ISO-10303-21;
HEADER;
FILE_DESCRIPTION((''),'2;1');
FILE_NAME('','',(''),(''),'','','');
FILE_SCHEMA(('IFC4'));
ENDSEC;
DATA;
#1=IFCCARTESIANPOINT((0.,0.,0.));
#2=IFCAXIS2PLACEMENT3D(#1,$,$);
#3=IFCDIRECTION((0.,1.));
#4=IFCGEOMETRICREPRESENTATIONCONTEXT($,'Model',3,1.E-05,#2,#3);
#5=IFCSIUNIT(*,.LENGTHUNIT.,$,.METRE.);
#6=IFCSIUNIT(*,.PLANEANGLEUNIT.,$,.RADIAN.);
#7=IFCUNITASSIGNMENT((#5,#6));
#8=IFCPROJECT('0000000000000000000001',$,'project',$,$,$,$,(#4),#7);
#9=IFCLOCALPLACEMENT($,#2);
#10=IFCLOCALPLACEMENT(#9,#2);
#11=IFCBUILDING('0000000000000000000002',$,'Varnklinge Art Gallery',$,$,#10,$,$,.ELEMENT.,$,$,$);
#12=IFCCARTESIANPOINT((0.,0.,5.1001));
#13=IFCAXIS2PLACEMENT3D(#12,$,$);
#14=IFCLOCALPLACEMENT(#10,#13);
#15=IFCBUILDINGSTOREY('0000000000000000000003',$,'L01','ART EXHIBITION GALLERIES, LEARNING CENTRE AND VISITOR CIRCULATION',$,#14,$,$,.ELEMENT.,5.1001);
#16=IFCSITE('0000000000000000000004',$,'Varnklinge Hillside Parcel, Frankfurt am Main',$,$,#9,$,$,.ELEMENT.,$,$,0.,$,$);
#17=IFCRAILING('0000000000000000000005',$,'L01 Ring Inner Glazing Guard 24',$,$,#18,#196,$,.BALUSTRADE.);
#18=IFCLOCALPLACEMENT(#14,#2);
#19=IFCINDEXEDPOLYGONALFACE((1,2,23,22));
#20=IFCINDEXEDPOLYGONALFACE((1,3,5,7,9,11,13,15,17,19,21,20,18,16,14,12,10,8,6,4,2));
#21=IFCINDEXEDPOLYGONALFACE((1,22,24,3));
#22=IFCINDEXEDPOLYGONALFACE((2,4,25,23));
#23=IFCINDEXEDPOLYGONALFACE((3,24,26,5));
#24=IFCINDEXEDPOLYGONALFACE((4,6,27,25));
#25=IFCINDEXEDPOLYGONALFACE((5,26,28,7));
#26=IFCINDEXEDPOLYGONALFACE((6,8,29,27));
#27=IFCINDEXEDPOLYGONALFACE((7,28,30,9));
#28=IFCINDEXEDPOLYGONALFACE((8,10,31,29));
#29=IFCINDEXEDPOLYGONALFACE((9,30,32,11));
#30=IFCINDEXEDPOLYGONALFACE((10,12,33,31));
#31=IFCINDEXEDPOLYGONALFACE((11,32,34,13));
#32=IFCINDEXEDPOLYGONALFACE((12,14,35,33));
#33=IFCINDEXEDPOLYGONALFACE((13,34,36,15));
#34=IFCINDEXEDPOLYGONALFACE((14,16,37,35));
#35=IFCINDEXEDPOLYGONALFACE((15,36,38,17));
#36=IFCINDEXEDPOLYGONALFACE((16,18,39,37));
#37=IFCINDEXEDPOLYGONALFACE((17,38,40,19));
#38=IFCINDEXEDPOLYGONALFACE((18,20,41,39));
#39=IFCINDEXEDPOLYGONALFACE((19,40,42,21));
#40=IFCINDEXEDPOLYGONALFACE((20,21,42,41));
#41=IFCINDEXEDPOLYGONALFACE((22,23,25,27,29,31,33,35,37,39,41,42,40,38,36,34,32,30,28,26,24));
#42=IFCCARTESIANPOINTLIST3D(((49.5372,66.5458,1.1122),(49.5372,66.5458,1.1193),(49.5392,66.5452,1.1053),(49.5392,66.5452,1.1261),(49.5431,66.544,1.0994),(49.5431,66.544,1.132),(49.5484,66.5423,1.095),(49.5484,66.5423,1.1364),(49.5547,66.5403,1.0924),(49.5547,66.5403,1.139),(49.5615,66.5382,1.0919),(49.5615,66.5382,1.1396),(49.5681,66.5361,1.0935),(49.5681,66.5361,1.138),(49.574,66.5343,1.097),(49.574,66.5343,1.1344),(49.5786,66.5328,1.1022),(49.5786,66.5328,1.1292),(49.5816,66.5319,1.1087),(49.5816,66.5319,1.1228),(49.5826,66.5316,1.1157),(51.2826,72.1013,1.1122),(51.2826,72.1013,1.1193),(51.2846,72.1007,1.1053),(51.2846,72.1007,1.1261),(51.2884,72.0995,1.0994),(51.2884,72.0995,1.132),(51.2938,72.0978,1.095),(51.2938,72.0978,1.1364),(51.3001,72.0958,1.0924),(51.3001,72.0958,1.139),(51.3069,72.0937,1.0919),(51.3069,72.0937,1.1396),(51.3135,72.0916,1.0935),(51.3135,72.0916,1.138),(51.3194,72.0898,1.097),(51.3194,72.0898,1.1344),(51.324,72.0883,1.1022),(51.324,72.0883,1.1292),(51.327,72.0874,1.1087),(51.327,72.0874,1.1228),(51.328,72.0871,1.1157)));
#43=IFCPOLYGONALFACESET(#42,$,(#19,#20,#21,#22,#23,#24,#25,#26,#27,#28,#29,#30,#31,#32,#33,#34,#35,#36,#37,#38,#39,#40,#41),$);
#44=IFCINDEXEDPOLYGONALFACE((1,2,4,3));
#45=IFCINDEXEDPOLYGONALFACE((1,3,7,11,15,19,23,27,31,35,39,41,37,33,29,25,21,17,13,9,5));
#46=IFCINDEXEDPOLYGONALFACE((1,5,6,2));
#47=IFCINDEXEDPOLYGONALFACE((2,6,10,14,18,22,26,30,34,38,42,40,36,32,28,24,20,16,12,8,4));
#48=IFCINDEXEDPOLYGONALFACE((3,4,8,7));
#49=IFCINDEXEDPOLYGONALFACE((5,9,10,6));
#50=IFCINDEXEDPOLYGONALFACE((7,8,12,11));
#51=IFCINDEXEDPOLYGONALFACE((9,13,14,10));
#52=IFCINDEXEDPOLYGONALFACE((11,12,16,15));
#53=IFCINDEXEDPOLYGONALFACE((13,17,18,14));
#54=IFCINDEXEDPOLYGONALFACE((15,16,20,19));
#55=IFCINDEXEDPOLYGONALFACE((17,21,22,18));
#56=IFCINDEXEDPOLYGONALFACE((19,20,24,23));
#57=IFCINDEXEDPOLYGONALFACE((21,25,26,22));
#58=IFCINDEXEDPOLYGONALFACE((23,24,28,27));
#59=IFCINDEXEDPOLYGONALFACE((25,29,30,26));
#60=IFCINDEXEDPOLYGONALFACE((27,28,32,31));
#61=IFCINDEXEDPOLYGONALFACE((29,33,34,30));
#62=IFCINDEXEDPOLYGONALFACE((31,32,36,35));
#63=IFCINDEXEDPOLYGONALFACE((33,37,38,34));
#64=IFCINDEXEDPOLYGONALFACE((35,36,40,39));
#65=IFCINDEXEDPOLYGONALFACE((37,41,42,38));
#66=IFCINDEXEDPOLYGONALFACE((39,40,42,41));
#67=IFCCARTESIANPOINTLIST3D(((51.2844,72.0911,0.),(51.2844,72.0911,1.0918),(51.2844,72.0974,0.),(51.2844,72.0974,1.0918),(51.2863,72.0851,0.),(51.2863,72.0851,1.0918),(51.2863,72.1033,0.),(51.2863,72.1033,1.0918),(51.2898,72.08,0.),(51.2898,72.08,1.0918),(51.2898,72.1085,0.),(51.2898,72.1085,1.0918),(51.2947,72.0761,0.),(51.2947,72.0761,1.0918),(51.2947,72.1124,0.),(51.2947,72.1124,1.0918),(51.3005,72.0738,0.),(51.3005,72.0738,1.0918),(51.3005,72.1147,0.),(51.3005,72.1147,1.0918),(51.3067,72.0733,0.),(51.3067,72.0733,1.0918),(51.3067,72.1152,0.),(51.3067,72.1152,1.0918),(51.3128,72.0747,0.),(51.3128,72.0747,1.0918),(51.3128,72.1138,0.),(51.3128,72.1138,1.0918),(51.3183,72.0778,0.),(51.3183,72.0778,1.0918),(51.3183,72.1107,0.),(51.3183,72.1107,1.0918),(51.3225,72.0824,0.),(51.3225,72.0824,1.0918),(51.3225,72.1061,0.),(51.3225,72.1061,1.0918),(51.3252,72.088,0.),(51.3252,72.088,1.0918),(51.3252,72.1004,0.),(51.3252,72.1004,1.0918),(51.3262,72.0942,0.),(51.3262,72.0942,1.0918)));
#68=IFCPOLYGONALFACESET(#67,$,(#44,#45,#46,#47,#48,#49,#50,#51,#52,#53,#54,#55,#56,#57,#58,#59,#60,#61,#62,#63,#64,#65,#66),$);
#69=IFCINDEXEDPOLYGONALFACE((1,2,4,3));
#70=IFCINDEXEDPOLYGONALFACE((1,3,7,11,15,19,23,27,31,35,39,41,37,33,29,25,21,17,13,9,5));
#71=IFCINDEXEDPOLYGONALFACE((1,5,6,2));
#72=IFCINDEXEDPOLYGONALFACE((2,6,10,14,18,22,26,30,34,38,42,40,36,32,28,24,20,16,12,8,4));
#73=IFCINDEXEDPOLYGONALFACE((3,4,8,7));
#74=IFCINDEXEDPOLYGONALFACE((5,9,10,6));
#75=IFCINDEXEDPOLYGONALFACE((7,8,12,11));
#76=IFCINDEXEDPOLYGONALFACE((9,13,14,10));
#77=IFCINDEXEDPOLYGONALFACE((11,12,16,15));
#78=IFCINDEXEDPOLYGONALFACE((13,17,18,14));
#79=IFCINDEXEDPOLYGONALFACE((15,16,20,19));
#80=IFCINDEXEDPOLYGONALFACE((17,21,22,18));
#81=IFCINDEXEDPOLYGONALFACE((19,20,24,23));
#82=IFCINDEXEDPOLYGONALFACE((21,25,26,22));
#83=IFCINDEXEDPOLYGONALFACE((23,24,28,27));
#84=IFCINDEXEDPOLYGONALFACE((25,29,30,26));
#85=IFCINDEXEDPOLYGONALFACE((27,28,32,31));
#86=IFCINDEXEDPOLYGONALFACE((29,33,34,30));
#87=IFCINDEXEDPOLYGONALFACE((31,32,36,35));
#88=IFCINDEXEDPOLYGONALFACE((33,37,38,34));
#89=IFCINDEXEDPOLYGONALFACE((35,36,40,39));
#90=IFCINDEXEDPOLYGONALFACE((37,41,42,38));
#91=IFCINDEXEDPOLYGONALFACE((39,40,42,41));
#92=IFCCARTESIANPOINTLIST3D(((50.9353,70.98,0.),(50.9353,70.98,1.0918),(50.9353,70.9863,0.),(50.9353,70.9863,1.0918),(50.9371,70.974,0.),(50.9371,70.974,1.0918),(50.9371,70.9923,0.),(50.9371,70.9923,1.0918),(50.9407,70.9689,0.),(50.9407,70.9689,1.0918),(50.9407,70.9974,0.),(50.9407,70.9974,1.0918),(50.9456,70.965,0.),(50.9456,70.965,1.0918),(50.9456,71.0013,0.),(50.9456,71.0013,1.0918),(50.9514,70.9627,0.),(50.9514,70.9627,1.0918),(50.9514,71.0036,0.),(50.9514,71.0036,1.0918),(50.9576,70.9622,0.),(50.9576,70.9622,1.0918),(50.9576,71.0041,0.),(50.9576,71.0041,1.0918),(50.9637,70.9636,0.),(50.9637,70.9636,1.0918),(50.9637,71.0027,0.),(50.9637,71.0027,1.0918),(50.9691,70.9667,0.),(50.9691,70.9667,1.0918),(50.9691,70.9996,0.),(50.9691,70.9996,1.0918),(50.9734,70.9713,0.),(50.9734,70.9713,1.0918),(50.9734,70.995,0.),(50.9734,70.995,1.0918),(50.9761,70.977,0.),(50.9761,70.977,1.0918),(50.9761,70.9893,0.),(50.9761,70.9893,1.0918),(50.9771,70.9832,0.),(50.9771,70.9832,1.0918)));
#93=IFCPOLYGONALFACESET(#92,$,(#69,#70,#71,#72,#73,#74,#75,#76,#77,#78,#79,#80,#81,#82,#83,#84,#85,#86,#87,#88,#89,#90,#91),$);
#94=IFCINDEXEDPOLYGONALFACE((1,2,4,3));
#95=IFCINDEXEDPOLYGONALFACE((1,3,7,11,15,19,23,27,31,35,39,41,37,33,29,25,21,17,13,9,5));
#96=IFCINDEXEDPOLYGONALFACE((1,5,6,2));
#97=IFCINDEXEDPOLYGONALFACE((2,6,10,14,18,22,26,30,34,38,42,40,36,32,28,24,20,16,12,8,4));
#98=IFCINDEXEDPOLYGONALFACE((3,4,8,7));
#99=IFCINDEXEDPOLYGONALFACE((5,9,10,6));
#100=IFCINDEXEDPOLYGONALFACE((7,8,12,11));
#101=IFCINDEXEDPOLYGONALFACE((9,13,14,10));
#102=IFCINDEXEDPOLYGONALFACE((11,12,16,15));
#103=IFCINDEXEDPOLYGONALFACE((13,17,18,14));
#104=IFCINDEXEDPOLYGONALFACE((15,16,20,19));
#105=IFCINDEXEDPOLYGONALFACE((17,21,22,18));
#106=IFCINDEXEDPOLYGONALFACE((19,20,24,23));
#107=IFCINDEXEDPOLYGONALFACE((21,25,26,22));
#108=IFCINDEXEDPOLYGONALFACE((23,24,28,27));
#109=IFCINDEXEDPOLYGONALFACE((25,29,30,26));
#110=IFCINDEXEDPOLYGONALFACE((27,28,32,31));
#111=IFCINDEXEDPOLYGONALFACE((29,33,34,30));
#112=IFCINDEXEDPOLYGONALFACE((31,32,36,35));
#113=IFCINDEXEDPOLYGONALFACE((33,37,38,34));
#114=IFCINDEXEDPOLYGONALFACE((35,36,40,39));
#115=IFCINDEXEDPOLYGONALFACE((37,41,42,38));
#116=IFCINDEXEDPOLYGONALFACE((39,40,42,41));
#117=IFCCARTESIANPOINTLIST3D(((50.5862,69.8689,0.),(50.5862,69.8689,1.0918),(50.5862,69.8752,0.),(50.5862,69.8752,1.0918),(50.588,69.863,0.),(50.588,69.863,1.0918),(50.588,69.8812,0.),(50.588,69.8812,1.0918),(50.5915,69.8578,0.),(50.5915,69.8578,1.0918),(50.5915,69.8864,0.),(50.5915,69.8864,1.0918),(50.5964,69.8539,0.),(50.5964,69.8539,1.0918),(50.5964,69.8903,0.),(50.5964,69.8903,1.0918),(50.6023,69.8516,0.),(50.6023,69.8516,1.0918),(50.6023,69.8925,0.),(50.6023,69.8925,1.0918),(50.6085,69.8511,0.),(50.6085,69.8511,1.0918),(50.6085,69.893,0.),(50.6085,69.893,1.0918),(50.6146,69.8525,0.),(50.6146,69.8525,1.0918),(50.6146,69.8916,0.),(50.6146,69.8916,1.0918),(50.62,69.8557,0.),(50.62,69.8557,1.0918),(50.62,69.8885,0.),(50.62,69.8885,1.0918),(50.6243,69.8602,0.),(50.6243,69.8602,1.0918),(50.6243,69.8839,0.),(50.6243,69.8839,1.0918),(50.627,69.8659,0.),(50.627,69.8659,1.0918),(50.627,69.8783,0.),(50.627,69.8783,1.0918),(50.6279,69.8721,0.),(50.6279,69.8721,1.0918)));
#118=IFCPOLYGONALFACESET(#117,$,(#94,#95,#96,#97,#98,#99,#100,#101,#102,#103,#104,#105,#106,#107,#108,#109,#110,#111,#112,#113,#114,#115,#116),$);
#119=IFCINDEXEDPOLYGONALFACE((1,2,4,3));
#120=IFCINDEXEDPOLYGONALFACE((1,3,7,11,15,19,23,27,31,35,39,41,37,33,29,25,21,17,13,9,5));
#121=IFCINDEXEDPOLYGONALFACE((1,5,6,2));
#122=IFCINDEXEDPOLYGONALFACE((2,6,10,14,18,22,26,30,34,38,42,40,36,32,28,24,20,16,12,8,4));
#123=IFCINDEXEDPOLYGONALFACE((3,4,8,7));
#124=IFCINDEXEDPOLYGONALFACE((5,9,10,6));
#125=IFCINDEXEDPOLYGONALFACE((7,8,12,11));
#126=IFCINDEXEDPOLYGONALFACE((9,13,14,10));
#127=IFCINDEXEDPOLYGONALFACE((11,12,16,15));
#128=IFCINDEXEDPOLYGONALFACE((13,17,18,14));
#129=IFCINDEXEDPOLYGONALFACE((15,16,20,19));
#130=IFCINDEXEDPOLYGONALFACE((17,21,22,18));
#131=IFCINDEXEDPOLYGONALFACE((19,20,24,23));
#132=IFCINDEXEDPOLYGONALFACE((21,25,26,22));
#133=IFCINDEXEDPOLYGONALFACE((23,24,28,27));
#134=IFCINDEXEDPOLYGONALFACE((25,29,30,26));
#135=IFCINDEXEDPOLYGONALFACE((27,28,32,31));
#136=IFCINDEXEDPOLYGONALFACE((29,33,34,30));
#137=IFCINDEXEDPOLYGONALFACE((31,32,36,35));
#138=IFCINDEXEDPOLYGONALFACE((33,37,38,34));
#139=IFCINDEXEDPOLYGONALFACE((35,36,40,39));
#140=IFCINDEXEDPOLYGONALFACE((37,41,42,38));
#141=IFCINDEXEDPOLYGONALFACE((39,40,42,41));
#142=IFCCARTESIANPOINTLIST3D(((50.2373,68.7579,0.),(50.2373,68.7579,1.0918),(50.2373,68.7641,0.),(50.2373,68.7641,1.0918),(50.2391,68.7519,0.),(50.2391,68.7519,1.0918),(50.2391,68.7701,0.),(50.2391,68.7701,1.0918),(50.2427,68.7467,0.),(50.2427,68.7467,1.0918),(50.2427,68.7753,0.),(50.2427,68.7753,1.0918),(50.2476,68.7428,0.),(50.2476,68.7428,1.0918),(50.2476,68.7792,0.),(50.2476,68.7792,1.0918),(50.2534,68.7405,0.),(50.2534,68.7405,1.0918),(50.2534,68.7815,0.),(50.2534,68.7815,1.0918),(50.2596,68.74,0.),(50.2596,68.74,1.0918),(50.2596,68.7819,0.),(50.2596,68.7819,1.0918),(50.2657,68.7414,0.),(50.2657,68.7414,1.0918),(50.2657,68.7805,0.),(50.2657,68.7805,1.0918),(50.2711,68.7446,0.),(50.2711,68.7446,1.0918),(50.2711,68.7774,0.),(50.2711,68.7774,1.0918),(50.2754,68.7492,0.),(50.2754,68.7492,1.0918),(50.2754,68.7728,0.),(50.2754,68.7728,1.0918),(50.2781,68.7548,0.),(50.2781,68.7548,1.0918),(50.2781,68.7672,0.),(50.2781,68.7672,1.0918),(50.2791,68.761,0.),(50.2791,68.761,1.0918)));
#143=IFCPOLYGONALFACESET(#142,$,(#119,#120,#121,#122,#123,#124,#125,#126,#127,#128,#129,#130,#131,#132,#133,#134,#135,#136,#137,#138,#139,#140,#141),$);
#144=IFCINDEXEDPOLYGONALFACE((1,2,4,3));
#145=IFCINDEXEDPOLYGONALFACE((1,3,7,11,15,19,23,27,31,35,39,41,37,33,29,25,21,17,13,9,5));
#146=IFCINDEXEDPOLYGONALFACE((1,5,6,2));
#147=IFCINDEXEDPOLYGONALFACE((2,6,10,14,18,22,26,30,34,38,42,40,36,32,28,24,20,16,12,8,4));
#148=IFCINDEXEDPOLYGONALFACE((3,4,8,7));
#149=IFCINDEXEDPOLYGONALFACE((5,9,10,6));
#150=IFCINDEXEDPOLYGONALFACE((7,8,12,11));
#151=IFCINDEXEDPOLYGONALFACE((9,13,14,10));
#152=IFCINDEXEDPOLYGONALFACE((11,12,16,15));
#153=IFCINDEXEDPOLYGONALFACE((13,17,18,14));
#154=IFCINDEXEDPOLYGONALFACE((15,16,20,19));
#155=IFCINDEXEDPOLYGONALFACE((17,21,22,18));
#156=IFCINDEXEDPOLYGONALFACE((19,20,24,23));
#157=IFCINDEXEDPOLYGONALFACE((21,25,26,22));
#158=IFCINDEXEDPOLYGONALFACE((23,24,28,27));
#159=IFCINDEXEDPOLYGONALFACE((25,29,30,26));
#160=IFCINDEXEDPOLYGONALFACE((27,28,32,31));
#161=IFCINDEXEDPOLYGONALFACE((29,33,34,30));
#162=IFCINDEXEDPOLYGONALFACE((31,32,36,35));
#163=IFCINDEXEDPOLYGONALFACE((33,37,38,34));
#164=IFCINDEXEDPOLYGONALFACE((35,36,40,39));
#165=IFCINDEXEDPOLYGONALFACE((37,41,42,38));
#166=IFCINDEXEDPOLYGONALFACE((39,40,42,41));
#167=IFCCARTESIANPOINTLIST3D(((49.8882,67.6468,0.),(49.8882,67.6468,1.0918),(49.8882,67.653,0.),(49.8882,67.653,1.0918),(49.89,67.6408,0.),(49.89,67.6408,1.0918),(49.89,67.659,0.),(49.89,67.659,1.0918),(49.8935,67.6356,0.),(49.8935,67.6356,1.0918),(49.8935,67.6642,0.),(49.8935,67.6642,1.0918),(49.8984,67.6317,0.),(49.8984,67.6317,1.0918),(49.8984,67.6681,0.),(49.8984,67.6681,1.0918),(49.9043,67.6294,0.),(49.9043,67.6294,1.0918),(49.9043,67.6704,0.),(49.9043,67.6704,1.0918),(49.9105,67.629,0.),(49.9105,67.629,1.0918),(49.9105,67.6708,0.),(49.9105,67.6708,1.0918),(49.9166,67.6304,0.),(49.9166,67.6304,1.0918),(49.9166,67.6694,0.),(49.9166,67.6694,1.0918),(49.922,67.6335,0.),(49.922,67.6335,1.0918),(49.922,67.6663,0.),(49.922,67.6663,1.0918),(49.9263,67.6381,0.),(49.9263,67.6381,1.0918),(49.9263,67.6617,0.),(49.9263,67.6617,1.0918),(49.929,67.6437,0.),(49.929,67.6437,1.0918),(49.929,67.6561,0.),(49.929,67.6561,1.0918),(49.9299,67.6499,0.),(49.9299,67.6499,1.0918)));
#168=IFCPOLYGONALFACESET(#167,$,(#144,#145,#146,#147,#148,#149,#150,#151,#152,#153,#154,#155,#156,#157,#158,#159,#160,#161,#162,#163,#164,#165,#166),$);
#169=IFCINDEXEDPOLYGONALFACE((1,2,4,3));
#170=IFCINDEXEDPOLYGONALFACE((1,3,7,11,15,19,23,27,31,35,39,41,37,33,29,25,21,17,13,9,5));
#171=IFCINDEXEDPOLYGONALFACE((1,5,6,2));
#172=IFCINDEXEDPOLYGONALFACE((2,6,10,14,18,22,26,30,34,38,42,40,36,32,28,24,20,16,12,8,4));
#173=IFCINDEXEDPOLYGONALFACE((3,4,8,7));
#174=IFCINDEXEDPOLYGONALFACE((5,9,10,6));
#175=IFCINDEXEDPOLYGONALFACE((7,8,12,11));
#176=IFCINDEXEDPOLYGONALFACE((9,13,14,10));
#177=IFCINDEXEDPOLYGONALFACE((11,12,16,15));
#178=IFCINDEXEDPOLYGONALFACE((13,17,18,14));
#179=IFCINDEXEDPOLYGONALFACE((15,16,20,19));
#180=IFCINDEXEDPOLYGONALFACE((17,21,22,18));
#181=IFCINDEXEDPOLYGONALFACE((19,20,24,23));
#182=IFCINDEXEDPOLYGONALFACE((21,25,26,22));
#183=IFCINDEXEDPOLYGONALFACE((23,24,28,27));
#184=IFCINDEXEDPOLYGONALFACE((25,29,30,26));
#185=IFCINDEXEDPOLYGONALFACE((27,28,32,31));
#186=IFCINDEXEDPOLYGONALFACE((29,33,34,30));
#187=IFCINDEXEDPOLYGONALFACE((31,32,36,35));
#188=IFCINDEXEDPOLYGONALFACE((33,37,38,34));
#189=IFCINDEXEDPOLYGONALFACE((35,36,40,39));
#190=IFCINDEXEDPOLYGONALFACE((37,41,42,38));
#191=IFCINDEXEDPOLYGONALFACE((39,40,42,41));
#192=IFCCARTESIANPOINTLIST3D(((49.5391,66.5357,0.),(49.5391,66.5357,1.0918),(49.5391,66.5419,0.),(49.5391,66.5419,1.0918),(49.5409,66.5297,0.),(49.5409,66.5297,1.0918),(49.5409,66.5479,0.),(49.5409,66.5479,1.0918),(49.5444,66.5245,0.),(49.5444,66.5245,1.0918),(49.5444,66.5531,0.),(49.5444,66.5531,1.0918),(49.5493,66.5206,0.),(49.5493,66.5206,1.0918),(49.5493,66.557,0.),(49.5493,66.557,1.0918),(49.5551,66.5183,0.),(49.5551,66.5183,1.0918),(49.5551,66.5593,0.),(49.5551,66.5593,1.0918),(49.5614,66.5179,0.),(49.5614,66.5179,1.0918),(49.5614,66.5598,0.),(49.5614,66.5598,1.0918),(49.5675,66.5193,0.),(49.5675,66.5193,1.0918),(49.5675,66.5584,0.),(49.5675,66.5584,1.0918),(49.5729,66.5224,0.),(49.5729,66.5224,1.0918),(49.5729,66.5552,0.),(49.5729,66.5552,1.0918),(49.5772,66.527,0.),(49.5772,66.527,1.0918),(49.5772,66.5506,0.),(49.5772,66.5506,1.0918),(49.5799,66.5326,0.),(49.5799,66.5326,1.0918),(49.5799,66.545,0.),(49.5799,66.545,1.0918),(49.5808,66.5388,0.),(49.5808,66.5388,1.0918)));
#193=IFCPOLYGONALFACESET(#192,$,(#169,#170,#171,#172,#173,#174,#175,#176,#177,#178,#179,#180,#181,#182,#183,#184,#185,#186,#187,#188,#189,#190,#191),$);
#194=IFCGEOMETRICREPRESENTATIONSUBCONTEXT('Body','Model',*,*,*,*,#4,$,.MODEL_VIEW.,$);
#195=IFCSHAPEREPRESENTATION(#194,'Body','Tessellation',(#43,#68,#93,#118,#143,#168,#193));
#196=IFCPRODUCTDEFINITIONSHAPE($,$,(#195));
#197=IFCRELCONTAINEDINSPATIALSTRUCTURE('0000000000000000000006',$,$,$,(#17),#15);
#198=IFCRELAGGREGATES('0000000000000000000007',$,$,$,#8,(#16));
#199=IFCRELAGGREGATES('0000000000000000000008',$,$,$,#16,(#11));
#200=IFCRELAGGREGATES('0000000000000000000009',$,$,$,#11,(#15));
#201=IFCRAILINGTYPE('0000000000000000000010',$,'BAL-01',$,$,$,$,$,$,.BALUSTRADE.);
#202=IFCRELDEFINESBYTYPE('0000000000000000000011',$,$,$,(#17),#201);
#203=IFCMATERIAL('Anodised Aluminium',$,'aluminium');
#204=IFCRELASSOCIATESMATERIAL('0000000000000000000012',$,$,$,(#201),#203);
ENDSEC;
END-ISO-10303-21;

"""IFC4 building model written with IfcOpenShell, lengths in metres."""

from ifc_helpers import new_model, si_unit, direction, frame, origin, origin_2d, place, context, subcontext, project, spatial, circle, extrude, material, type_object, element, save


model = new_model("IFC4")

# Units and contexts
model_context = context("Model", 3, precision=1e-05, world=origin(), true_north=direction((0.0, 1.0)))
body_context = subcontext(model_context, "Body", "Model", "MODEL_VIEW")
ifc_project = project(units=[si_unit("LENGTHUNIT", "METRE"), si_unit("PLANEANGLEUNIT", "RADIAN")], contexts=[model_context])

# Site, building, storey
site_placement = place(None, origin())
site = spatial("IfcSite", under=ifc_project, at=site_placement, Name="Varnklinge Hillside Parcel, Frankfurt am Main", CompositionType="ELEMENT", RefElevation=0.0)
building_placement = place(site_placement, origin())
building = spatial("IfcBuilding", under=site, at=building_placement, Name="Varnklinge Art Gallery", CompositionType="ELEMENT")
storey_placement = place(building_placement, frame((0.0, 0.0, 5.1001)))
storey = spatial("IfcBuildingStorey", under=building, at=storey_placement, Name="L01", Description="ART EXHIBITION GALLERIES, LEARNING CENTRE AND VISITOR CIRCULATION", CompositionType="ELEMENT", Elevation=5.1001)

# Railing
ifc_material_1 = material(Name="Anodised Aluminium", Category="aluminium")
railing_type = type_object("IfcRailingType", Name="BAL-01", PredefinedType="BALUSTRADE", material=ifc_material_1)
railing_placement = place(storey_placement, frame((51.3052, 72.0942, 0.0)))
element("IfcRailing", 1, at=railing_placement, inside=storey, type_object=railing_type, Name="L01 Ring Inner Glazing Guard 24", PredefinedType="BALUSTRADE", context=body_context, shape_type="SweptSolid", body=[
    extrude(circle(Radius=0.0239, at=origin_2d()), frame((0.0, 0.0, 1.1157), z_axis=(-0.299728, -0.954025, 0.0), x_axis=(0.954025, -0.299728, 0.0)), (0.0, 0.0, 1.0), 5.8232),
    extrude(circle(Radius=0.021, at=origin_2d()), origin(), (0.0, 0.0, 1.0), 1.0918),
    extrude(circle(Radius=0.021, at=origin_2d()), frame((-0.3491, -1.1111, 0.0)), (0.0, 0.0, 1.0), 1.0918),
    extrude(circle(Radius=0.021, at=origin_2d()), frame((-0.6982, -2.2222, 0.0)), (0.0, 0.0, 1.0), 1.0918),
    extrude(circle(Radius=0.021, at=origin_2d()), frame((-1.0471, -3.3333, 0.0)), (0.0, 0.0, 1.0), 1.0918),
    extrude(circle(Radius=0.021, at=origin_2d()), frame((-1.3962, -4.4443, 0.0)), (0.0, 0.0, 1.0), 1.0918),
    extrude(circle(Radius=0.021, at=origin_2d()), frame((-1.7454, -5.5554, 0.0)), (0.0, 0.0, 1.0), 1.0918),
])

save(model, "model.ifc")
